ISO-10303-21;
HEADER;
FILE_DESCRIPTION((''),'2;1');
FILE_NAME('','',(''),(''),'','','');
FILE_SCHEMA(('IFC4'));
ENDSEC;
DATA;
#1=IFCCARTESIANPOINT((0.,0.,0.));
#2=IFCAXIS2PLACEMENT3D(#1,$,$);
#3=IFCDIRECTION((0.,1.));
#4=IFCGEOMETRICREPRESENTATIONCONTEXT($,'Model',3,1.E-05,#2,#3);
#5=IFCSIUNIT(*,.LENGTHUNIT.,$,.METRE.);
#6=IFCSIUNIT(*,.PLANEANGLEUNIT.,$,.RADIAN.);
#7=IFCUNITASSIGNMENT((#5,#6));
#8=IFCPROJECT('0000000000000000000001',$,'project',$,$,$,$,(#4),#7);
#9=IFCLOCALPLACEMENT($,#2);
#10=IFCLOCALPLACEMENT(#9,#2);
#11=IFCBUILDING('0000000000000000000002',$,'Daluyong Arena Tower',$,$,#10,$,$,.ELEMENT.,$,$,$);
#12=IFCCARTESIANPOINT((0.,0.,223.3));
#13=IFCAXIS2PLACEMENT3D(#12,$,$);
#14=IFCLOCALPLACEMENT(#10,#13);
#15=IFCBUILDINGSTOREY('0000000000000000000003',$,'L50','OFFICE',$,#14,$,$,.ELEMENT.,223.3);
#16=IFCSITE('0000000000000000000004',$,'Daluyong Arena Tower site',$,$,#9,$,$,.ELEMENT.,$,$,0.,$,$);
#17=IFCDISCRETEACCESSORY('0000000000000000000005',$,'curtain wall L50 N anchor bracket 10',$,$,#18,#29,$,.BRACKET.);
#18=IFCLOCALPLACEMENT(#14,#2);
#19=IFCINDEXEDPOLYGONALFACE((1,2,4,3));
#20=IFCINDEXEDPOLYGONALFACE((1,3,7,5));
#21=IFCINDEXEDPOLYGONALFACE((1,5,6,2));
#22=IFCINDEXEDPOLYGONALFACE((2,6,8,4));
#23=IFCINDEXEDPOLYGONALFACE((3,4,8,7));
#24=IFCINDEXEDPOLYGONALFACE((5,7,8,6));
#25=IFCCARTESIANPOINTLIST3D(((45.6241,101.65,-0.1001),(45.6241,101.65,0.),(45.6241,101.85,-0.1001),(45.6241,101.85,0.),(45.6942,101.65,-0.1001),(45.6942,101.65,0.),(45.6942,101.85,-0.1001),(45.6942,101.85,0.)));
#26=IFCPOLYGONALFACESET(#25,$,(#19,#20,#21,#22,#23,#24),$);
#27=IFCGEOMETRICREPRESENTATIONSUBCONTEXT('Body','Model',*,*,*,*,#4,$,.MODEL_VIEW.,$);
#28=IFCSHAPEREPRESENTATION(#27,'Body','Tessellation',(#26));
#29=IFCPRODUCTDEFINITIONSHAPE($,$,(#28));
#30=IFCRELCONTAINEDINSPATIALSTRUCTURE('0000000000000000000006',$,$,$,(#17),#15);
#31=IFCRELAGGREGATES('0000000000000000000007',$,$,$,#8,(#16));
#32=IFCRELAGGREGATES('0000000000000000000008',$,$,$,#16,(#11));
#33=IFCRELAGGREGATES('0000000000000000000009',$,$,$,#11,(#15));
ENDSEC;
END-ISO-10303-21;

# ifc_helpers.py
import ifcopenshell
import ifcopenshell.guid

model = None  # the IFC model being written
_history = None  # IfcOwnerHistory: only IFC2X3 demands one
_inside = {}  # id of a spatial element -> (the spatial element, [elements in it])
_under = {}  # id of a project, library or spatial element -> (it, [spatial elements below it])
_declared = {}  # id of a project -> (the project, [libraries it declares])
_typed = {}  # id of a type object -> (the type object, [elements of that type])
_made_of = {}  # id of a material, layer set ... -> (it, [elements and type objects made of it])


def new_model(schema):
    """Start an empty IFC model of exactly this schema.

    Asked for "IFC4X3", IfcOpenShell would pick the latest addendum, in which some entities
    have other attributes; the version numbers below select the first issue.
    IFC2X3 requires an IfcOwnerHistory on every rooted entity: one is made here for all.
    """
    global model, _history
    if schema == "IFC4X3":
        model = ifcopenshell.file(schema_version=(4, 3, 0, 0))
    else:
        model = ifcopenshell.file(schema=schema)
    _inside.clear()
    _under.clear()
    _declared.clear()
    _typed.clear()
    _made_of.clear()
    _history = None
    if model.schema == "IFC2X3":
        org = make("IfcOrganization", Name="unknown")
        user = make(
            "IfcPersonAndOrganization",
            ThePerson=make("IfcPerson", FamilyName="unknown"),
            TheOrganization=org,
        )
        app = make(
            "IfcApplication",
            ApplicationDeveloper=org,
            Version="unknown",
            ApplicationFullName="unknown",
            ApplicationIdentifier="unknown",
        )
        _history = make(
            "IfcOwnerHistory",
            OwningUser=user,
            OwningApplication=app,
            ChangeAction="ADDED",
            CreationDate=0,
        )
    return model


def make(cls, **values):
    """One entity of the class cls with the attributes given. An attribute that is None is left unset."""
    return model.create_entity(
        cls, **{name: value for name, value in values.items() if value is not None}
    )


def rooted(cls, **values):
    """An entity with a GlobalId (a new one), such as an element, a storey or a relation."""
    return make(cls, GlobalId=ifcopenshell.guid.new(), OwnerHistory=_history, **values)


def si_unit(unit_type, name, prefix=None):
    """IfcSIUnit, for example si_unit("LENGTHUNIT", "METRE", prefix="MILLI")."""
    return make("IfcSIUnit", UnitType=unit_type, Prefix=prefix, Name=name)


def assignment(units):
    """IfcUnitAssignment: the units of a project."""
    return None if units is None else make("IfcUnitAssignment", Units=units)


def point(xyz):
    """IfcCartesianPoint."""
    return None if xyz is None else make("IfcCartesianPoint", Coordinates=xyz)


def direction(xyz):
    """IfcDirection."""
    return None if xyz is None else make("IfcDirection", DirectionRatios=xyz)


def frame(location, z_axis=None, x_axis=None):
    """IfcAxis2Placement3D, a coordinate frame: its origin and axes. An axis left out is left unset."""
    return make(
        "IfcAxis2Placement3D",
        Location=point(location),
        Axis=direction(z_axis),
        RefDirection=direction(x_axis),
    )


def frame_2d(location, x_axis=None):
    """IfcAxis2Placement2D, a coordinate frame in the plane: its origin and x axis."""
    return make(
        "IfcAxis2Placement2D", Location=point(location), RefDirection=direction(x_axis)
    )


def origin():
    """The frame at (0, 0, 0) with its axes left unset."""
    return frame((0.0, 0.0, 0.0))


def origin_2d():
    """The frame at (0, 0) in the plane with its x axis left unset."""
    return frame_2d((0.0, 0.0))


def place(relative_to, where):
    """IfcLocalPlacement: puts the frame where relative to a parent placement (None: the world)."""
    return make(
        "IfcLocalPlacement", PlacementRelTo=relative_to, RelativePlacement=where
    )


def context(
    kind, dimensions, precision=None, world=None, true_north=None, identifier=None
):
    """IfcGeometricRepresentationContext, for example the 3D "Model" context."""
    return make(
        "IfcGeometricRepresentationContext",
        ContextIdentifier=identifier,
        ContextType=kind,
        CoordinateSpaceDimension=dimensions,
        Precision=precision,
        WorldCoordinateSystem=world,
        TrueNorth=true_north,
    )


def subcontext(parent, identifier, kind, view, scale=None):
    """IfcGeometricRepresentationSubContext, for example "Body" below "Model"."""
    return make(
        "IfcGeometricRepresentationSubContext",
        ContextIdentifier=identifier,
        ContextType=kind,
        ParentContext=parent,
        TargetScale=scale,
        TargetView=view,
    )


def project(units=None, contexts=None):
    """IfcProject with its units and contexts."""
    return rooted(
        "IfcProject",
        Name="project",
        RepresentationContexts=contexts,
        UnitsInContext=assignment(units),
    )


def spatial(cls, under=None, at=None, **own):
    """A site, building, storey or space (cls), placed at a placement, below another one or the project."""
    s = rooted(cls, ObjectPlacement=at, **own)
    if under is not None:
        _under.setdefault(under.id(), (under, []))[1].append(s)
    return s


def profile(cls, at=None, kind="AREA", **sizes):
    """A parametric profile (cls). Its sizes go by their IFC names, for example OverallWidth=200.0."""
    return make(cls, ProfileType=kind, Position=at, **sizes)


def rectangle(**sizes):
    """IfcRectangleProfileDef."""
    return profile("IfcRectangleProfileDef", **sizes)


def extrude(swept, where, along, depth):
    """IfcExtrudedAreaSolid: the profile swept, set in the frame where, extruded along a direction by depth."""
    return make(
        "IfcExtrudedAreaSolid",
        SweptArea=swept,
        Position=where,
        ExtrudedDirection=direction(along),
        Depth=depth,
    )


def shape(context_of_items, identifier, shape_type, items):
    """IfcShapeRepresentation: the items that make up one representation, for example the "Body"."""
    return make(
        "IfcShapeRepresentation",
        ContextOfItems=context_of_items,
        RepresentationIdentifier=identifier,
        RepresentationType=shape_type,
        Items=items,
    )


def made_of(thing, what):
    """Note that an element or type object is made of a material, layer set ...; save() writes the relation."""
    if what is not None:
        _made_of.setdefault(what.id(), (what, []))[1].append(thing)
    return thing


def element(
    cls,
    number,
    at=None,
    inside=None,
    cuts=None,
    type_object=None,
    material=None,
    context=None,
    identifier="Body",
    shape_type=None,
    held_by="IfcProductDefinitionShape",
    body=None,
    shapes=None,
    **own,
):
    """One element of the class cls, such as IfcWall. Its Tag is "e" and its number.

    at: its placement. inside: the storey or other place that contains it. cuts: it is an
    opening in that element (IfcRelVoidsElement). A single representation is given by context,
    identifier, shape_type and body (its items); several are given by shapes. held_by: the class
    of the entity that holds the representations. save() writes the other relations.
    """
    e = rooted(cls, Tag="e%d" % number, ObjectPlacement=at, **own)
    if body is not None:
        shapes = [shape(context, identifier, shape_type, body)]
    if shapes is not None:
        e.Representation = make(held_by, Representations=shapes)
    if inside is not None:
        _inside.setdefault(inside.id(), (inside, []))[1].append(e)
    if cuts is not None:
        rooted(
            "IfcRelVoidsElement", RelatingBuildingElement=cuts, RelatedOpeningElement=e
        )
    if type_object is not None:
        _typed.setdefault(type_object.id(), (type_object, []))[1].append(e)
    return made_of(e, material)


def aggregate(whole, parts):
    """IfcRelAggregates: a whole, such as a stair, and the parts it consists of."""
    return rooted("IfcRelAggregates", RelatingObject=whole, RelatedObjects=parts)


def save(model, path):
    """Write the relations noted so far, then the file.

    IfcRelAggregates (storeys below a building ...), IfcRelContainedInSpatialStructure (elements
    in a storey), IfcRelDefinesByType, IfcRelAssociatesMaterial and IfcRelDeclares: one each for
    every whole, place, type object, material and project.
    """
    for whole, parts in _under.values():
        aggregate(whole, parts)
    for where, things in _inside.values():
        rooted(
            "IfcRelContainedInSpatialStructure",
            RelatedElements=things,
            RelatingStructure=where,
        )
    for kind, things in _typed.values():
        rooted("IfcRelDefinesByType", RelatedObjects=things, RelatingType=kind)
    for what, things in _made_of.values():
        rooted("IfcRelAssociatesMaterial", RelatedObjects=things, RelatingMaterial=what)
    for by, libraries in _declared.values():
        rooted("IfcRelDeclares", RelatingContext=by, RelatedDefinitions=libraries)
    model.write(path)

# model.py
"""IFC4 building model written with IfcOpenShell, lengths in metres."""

from ifc_helpers import new_model, si_unit, direction, frame, origin, origin_2d, place, context, subcontext, project, spatial, rectangle, extrude, element, save


model = new_model("IFC4")

# Units and contexts
model_context = context("Model", 3, precision=1e-05, world=origin(), true_north=direction((0.0, 1.0)))
body_context = subcontext(model_context, "Body", "Model", "MODEL_VIEW")
ifc_project = project(units=[si_unit("LENGTHUNIT", "METRE"), si_unit("PLANEANGLEUNIT", "RADIAN")], contexts=[model_context])

# Site, building, storey
site_placement = place(None, origin())
site = spatial("IfcSite", under=ifc_project, at=site_placement, Name="Daluyong Arena Tower site", CompositionType="ELEMENT", RefElevation=0.0)
building_placement = place(site_placement, origin())
building = spatial("IfcBuilding", under=site, at=building_placement, Name="Daluyong Arena Tower", CompositionType="ELEMENT")
storey_placement = place(building_placement, frame((0.0, 0.0, 223.3)))
storey = spatial("IfcBuildingStorey", under=building, at=storey_placement, Name="L50", Description="OFFICE", CompositionType="ELEMENT", Elevation=223.3)

# Discrete accessory
for number, where, z_axis, x_axis, name in (
    (1, (45.6592, 101.75, -0.1001), (0.0, 0.0, 1.0), (-1.0, 0.0, 0.0), "curtain wall L50 N anchor bracket 10"),
):
    element("IfcDiscreteAccessory", number, at=place(storey_placement, frame(where, z_axis=z_axis, x_axis=x_axis)), inside=storey, Name=name, PredefinedType="BRACKET", context=body_context, shape_type="SweptSolid", body=[
        extrude(rectangle(XDim=0.0701, YDim=0.2, at=origin_2d()), origin(), (0.0, 0.0, 1.0), 0.1001),
    ])

save(model, "model.ifc")
